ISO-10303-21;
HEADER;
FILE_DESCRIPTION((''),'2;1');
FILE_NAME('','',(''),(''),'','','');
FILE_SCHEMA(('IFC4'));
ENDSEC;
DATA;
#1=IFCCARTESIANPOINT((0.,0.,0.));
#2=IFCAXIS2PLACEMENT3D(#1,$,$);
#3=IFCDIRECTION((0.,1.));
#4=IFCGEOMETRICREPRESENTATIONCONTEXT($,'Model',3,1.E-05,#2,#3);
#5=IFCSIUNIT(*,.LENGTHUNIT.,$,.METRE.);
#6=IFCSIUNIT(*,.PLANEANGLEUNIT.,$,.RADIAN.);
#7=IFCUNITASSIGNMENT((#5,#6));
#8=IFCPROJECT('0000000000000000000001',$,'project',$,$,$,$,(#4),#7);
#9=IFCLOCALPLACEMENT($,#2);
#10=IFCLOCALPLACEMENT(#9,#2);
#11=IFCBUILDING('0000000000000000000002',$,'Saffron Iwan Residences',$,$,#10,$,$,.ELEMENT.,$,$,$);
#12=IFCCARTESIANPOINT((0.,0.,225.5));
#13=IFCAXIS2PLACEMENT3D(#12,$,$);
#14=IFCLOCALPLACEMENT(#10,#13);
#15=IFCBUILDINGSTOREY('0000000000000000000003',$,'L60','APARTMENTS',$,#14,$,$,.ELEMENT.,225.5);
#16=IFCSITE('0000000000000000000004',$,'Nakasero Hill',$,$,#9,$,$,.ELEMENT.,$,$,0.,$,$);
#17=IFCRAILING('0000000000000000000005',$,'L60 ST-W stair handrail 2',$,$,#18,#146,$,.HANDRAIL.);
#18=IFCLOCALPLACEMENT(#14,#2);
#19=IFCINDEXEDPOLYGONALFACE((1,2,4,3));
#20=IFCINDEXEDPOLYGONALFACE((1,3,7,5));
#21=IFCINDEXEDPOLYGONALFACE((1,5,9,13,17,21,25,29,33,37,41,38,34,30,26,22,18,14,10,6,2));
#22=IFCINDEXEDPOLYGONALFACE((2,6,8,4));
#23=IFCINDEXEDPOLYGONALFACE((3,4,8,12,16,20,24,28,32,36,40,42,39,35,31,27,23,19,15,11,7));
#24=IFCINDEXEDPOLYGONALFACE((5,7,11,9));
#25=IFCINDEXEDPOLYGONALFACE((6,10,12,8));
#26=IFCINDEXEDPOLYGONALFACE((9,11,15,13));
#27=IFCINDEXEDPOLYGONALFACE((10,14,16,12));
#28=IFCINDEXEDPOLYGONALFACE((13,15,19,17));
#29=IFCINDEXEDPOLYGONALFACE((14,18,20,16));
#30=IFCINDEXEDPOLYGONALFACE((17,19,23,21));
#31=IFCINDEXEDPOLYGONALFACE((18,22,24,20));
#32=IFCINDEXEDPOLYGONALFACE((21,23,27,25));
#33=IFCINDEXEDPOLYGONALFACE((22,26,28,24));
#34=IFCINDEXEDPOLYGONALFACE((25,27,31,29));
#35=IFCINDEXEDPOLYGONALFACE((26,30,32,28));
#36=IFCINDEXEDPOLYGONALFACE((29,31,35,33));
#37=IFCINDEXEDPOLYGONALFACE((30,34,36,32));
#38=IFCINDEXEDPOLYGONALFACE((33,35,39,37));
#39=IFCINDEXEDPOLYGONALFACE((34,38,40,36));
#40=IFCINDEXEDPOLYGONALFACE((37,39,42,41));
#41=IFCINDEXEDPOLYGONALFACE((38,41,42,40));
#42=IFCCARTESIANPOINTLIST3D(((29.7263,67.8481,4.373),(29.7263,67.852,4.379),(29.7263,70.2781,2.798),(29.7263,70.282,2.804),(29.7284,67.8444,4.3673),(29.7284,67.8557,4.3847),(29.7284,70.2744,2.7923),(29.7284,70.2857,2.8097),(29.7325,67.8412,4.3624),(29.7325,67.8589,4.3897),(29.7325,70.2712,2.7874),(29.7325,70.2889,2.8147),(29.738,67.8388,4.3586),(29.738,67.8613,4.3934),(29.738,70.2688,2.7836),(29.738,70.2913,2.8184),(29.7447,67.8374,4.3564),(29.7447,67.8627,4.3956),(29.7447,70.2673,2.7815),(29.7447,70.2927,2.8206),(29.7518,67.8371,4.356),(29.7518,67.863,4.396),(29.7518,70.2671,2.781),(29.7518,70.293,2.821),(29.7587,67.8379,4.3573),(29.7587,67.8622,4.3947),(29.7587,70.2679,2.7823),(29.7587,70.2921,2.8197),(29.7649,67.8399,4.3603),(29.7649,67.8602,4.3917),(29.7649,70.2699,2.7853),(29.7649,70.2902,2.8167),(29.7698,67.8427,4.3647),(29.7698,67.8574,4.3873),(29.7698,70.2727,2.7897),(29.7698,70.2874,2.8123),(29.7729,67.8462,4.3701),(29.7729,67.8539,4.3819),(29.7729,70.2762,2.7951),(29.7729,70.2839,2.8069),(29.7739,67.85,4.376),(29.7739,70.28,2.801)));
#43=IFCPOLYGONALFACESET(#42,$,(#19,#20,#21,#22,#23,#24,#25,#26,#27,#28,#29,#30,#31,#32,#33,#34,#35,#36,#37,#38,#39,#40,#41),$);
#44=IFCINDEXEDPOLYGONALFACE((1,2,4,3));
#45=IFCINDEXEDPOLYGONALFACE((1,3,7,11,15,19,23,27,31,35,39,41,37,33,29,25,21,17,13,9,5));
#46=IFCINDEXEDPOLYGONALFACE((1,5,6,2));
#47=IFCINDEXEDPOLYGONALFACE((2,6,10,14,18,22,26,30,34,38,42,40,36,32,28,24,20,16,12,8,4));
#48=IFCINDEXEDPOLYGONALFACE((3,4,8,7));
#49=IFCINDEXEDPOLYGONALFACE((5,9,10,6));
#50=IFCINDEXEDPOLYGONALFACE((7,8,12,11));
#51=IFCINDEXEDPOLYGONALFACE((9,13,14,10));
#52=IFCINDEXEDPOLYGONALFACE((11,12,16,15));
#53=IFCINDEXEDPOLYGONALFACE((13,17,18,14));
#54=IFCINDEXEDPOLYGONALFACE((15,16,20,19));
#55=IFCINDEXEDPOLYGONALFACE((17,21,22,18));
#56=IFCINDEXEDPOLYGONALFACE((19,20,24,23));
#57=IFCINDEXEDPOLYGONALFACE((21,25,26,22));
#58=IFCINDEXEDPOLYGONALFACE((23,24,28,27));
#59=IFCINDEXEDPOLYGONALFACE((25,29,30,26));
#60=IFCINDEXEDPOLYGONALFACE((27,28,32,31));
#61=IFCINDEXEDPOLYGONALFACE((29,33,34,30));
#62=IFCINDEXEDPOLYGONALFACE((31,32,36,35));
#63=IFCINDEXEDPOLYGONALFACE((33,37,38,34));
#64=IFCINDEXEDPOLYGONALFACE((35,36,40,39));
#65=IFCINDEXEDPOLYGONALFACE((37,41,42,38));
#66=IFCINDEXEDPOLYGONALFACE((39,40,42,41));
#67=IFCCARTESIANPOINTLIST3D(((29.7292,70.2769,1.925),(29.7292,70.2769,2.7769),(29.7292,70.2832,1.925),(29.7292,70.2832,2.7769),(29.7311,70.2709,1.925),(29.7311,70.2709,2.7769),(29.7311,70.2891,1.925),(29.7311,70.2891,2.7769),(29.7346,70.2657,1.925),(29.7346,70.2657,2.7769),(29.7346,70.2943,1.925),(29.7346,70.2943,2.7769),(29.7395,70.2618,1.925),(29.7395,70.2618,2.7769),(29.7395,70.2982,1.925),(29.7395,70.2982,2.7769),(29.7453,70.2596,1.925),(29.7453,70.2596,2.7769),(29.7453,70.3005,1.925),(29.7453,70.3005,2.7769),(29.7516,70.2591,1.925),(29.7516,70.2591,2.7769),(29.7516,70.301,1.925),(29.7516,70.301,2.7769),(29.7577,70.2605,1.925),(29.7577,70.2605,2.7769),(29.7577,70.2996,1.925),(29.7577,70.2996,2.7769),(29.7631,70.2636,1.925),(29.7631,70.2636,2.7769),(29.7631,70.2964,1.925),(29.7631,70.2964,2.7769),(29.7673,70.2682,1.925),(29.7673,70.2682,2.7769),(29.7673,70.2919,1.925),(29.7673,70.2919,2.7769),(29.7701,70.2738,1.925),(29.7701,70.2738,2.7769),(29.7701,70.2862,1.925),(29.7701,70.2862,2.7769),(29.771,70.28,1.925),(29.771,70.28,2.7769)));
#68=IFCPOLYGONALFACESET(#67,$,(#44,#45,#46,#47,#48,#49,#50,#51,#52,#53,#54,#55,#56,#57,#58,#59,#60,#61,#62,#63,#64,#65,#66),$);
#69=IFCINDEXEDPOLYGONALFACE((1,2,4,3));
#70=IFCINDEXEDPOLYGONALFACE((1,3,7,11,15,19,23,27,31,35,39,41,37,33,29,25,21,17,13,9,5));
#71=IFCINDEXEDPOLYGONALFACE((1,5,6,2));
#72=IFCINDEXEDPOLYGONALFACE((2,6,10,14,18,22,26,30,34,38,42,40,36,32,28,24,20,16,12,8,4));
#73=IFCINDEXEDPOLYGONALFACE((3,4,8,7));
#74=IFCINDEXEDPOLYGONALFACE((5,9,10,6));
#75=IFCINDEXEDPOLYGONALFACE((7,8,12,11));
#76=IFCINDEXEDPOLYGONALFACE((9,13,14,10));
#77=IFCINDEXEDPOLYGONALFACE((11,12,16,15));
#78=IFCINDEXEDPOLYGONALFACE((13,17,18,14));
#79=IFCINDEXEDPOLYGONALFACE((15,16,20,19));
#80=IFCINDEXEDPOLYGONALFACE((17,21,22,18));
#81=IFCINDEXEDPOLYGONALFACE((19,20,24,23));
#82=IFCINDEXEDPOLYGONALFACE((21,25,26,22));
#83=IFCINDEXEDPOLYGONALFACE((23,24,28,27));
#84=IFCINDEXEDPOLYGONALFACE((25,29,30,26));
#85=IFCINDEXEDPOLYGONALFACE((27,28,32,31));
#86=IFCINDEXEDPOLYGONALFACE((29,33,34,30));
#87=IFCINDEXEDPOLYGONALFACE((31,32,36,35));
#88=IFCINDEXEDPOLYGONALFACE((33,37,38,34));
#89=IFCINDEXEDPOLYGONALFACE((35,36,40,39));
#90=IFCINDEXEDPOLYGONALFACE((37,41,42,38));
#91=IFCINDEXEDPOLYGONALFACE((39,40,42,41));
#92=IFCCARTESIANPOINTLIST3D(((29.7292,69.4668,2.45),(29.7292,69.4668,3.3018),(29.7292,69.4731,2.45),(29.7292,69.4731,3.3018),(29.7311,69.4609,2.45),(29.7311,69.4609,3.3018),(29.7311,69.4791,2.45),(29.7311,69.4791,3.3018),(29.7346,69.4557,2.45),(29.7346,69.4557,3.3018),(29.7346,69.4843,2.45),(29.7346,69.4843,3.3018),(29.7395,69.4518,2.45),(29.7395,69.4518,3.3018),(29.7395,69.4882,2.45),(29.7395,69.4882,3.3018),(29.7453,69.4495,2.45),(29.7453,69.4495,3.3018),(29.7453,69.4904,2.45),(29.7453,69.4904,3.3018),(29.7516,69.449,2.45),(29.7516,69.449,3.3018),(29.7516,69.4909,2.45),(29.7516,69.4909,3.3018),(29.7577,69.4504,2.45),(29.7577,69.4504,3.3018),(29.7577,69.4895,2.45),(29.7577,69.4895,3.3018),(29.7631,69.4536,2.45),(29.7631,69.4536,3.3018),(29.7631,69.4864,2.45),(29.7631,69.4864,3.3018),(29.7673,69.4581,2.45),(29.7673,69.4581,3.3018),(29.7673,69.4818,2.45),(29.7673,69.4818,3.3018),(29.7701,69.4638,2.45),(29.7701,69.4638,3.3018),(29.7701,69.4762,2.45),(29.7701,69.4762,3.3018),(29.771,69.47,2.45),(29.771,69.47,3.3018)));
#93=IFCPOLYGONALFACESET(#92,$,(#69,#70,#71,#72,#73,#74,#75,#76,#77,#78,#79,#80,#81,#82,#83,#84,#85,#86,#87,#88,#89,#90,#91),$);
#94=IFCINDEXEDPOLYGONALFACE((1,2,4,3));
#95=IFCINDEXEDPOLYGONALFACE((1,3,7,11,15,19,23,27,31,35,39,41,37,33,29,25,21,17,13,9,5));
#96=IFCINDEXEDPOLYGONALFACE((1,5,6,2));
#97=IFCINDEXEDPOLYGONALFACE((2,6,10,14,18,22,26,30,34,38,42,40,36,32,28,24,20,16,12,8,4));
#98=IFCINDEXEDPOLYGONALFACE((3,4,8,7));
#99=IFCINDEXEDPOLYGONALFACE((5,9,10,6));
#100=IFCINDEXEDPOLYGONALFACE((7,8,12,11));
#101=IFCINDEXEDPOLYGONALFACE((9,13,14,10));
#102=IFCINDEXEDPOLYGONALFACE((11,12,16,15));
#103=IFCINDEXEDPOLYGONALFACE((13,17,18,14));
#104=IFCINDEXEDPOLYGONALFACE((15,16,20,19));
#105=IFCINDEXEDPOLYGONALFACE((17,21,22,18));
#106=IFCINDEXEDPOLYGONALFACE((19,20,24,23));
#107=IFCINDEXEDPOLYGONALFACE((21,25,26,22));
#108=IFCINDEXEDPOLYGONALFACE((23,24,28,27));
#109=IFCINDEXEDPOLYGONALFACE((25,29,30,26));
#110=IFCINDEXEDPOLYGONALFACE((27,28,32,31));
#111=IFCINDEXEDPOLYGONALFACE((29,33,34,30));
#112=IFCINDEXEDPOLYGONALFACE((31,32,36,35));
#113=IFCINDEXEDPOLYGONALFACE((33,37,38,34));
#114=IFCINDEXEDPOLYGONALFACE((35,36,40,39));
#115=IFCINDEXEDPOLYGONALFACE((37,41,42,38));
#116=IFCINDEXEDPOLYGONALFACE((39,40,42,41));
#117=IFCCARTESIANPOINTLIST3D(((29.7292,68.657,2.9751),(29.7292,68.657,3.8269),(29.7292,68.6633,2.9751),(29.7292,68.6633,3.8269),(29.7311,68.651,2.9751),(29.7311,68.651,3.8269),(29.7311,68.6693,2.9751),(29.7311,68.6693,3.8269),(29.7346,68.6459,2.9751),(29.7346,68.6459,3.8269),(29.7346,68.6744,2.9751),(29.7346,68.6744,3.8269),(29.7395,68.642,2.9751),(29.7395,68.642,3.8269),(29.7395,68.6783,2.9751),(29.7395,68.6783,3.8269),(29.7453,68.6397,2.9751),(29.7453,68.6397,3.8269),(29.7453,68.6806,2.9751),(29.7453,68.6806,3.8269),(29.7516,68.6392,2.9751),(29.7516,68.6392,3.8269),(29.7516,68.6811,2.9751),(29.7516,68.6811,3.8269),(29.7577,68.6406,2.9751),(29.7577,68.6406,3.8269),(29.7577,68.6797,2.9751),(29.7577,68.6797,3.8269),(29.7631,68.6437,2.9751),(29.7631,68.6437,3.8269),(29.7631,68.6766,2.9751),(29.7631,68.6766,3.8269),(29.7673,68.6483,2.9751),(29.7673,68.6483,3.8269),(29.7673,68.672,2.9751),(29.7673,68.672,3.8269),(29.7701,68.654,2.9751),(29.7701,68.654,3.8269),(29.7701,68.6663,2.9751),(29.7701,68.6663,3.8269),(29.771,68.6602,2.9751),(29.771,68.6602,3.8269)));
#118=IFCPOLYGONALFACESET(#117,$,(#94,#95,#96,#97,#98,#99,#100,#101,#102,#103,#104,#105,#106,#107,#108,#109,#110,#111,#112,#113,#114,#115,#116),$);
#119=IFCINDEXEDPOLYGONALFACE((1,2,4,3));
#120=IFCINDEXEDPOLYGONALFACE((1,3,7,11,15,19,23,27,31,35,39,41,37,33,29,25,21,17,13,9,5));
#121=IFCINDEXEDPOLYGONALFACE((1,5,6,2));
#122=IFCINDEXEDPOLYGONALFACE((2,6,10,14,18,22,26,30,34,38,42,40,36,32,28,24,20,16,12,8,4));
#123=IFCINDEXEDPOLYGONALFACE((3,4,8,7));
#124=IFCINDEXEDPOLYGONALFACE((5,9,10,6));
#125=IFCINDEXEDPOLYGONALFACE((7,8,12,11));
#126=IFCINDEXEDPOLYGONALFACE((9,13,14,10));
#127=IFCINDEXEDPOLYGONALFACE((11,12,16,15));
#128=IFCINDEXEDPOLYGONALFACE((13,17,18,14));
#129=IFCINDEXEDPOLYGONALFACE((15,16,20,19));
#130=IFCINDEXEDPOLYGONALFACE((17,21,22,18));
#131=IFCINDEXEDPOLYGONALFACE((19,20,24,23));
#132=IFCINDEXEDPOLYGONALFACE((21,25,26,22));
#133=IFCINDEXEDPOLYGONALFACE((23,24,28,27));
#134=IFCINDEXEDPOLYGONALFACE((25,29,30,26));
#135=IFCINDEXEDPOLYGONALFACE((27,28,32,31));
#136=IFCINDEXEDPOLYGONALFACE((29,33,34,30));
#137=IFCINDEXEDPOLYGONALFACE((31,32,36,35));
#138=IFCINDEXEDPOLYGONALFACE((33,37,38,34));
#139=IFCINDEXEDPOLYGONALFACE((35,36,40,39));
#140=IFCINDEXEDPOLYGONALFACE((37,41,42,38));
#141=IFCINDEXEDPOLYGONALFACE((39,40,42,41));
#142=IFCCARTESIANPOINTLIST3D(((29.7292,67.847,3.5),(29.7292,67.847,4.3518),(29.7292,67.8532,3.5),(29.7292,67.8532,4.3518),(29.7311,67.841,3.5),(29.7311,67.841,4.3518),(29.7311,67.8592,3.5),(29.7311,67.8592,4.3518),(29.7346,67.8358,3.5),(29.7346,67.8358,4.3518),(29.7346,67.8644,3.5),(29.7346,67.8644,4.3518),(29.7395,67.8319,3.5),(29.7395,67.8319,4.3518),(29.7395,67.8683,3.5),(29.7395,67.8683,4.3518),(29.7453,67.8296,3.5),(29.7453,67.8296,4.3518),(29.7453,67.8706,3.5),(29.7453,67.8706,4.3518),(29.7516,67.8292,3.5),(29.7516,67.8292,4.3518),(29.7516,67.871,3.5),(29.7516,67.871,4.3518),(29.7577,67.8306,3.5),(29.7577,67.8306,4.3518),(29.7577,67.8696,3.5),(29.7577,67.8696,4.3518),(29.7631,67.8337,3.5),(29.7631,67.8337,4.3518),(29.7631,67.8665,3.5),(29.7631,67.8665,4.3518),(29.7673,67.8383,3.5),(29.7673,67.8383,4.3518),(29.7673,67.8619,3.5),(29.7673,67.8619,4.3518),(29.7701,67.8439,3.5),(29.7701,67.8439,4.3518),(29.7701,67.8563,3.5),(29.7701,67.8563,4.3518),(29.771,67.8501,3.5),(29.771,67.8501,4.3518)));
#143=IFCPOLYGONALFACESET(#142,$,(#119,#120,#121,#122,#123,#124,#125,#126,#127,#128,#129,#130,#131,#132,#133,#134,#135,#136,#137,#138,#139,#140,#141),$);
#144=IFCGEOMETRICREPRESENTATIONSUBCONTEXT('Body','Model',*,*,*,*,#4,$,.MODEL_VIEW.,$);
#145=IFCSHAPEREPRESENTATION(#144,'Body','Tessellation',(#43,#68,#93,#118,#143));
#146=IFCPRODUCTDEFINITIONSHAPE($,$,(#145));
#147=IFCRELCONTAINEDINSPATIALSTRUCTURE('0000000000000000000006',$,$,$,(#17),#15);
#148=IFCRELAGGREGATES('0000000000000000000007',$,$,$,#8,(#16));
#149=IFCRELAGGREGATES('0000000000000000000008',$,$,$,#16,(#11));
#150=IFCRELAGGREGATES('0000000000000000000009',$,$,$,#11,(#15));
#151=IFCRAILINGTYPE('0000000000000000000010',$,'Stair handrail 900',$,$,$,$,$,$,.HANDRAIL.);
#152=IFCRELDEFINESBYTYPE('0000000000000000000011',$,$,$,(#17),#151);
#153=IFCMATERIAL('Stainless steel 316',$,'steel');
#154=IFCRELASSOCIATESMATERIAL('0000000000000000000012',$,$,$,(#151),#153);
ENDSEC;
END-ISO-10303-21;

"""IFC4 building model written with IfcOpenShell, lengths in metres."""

from ifc_helpers import new_model, si_unit, direction, frame, origin, origin_2d, place, context, subcontext, project, spatial, circle, extrude, material, type_object, element, save


model = new_model("IFC4")

# Units and contexts
model_context = context("Model", 3, precision=1e-05, world=origin(), true_north=direction((0.0, 1.0)))
body_context = subcontext(model_context, "Body", "Model", "MODEL_VIEW")
ifc_project = project(units=[si_unit("LENGTHUNIT", "METRE"), si_unit("PLANEANGLEUNIT", "RADIAN")], contexts=[model_context])

# Site, building, storey
site_placement = place(None, origin())
site = spatial("IfcSite", under=ifc_project, at=site_placement, Name="Nakasero Hill", CompositionType="ELEMENT", RefElevation=0.0)
building_placement = place(site_placement, origin())
building = spatial("IfcBuilding", under=site, at=building_placement, Name="Saffron Iwan Residences", CompositionType="ELEMENT")
storey_placement = place(building_placement, frame((0.0, 0.0, 225.5)))
storey = spatial("IfcBuildingStorey", under=building, at=storey_placement, Name="L60", Description="APARTMENTS", CompositionType="ELEMENT", Elevation=225.5)

# Railing
ifc_material_1 = material(Name="Stainless steel 316", Category="steel")
railing_type_1 = type_object("IfcRailingType", Name="Stair handrail 900", PredefinedType="HANDRAIL", material=ifc_material_1)
railing_1_placement = place(storey_placement, frame((29.75, 70.28, 1.925)))
element("IfcRailing", 1, at=railing_1_placement, inside=storey, type_object=railing_type_1, Name="L60 ST-W stair handrail 2", PredefinedType="HANDRAIL", context=body_context, shape_type="SweptSolid", body=[
    extrude(circle(Radius=0.0239, at=origin_2d()), frame((0.0, 0.0, 0.876), z_axis=(0.0, -0.839154, 0.543894), x_axis=(1.0, 0.0, 0.0)), (0.0, 0.0, 1.0), 2.8958),
    extrude(circle(Radius=0.021, at=origin_2d()), origin(), (0.0, 0.0, 1.0), 0.8518),
    extrude(circle(Radius=0.021, at=origin_2d()), frame((0.0, -0.8101, 0.5249)), (0.0, 0.0, 1.0), 0.8518),
    extrude(circle(Radius=0.021, at=origin_2d()), frame((0.0, -1.6199, 1.05)), (0.0, 0.0, 1.0), 0.8518),
    extrude(circle(Radius=0.021, at=origin_2d()), frame((0.0, -2.4299, 1.575)), (0.0, 0.0, 1.0), 0.8518),
])

save(model, "model.ifc")
